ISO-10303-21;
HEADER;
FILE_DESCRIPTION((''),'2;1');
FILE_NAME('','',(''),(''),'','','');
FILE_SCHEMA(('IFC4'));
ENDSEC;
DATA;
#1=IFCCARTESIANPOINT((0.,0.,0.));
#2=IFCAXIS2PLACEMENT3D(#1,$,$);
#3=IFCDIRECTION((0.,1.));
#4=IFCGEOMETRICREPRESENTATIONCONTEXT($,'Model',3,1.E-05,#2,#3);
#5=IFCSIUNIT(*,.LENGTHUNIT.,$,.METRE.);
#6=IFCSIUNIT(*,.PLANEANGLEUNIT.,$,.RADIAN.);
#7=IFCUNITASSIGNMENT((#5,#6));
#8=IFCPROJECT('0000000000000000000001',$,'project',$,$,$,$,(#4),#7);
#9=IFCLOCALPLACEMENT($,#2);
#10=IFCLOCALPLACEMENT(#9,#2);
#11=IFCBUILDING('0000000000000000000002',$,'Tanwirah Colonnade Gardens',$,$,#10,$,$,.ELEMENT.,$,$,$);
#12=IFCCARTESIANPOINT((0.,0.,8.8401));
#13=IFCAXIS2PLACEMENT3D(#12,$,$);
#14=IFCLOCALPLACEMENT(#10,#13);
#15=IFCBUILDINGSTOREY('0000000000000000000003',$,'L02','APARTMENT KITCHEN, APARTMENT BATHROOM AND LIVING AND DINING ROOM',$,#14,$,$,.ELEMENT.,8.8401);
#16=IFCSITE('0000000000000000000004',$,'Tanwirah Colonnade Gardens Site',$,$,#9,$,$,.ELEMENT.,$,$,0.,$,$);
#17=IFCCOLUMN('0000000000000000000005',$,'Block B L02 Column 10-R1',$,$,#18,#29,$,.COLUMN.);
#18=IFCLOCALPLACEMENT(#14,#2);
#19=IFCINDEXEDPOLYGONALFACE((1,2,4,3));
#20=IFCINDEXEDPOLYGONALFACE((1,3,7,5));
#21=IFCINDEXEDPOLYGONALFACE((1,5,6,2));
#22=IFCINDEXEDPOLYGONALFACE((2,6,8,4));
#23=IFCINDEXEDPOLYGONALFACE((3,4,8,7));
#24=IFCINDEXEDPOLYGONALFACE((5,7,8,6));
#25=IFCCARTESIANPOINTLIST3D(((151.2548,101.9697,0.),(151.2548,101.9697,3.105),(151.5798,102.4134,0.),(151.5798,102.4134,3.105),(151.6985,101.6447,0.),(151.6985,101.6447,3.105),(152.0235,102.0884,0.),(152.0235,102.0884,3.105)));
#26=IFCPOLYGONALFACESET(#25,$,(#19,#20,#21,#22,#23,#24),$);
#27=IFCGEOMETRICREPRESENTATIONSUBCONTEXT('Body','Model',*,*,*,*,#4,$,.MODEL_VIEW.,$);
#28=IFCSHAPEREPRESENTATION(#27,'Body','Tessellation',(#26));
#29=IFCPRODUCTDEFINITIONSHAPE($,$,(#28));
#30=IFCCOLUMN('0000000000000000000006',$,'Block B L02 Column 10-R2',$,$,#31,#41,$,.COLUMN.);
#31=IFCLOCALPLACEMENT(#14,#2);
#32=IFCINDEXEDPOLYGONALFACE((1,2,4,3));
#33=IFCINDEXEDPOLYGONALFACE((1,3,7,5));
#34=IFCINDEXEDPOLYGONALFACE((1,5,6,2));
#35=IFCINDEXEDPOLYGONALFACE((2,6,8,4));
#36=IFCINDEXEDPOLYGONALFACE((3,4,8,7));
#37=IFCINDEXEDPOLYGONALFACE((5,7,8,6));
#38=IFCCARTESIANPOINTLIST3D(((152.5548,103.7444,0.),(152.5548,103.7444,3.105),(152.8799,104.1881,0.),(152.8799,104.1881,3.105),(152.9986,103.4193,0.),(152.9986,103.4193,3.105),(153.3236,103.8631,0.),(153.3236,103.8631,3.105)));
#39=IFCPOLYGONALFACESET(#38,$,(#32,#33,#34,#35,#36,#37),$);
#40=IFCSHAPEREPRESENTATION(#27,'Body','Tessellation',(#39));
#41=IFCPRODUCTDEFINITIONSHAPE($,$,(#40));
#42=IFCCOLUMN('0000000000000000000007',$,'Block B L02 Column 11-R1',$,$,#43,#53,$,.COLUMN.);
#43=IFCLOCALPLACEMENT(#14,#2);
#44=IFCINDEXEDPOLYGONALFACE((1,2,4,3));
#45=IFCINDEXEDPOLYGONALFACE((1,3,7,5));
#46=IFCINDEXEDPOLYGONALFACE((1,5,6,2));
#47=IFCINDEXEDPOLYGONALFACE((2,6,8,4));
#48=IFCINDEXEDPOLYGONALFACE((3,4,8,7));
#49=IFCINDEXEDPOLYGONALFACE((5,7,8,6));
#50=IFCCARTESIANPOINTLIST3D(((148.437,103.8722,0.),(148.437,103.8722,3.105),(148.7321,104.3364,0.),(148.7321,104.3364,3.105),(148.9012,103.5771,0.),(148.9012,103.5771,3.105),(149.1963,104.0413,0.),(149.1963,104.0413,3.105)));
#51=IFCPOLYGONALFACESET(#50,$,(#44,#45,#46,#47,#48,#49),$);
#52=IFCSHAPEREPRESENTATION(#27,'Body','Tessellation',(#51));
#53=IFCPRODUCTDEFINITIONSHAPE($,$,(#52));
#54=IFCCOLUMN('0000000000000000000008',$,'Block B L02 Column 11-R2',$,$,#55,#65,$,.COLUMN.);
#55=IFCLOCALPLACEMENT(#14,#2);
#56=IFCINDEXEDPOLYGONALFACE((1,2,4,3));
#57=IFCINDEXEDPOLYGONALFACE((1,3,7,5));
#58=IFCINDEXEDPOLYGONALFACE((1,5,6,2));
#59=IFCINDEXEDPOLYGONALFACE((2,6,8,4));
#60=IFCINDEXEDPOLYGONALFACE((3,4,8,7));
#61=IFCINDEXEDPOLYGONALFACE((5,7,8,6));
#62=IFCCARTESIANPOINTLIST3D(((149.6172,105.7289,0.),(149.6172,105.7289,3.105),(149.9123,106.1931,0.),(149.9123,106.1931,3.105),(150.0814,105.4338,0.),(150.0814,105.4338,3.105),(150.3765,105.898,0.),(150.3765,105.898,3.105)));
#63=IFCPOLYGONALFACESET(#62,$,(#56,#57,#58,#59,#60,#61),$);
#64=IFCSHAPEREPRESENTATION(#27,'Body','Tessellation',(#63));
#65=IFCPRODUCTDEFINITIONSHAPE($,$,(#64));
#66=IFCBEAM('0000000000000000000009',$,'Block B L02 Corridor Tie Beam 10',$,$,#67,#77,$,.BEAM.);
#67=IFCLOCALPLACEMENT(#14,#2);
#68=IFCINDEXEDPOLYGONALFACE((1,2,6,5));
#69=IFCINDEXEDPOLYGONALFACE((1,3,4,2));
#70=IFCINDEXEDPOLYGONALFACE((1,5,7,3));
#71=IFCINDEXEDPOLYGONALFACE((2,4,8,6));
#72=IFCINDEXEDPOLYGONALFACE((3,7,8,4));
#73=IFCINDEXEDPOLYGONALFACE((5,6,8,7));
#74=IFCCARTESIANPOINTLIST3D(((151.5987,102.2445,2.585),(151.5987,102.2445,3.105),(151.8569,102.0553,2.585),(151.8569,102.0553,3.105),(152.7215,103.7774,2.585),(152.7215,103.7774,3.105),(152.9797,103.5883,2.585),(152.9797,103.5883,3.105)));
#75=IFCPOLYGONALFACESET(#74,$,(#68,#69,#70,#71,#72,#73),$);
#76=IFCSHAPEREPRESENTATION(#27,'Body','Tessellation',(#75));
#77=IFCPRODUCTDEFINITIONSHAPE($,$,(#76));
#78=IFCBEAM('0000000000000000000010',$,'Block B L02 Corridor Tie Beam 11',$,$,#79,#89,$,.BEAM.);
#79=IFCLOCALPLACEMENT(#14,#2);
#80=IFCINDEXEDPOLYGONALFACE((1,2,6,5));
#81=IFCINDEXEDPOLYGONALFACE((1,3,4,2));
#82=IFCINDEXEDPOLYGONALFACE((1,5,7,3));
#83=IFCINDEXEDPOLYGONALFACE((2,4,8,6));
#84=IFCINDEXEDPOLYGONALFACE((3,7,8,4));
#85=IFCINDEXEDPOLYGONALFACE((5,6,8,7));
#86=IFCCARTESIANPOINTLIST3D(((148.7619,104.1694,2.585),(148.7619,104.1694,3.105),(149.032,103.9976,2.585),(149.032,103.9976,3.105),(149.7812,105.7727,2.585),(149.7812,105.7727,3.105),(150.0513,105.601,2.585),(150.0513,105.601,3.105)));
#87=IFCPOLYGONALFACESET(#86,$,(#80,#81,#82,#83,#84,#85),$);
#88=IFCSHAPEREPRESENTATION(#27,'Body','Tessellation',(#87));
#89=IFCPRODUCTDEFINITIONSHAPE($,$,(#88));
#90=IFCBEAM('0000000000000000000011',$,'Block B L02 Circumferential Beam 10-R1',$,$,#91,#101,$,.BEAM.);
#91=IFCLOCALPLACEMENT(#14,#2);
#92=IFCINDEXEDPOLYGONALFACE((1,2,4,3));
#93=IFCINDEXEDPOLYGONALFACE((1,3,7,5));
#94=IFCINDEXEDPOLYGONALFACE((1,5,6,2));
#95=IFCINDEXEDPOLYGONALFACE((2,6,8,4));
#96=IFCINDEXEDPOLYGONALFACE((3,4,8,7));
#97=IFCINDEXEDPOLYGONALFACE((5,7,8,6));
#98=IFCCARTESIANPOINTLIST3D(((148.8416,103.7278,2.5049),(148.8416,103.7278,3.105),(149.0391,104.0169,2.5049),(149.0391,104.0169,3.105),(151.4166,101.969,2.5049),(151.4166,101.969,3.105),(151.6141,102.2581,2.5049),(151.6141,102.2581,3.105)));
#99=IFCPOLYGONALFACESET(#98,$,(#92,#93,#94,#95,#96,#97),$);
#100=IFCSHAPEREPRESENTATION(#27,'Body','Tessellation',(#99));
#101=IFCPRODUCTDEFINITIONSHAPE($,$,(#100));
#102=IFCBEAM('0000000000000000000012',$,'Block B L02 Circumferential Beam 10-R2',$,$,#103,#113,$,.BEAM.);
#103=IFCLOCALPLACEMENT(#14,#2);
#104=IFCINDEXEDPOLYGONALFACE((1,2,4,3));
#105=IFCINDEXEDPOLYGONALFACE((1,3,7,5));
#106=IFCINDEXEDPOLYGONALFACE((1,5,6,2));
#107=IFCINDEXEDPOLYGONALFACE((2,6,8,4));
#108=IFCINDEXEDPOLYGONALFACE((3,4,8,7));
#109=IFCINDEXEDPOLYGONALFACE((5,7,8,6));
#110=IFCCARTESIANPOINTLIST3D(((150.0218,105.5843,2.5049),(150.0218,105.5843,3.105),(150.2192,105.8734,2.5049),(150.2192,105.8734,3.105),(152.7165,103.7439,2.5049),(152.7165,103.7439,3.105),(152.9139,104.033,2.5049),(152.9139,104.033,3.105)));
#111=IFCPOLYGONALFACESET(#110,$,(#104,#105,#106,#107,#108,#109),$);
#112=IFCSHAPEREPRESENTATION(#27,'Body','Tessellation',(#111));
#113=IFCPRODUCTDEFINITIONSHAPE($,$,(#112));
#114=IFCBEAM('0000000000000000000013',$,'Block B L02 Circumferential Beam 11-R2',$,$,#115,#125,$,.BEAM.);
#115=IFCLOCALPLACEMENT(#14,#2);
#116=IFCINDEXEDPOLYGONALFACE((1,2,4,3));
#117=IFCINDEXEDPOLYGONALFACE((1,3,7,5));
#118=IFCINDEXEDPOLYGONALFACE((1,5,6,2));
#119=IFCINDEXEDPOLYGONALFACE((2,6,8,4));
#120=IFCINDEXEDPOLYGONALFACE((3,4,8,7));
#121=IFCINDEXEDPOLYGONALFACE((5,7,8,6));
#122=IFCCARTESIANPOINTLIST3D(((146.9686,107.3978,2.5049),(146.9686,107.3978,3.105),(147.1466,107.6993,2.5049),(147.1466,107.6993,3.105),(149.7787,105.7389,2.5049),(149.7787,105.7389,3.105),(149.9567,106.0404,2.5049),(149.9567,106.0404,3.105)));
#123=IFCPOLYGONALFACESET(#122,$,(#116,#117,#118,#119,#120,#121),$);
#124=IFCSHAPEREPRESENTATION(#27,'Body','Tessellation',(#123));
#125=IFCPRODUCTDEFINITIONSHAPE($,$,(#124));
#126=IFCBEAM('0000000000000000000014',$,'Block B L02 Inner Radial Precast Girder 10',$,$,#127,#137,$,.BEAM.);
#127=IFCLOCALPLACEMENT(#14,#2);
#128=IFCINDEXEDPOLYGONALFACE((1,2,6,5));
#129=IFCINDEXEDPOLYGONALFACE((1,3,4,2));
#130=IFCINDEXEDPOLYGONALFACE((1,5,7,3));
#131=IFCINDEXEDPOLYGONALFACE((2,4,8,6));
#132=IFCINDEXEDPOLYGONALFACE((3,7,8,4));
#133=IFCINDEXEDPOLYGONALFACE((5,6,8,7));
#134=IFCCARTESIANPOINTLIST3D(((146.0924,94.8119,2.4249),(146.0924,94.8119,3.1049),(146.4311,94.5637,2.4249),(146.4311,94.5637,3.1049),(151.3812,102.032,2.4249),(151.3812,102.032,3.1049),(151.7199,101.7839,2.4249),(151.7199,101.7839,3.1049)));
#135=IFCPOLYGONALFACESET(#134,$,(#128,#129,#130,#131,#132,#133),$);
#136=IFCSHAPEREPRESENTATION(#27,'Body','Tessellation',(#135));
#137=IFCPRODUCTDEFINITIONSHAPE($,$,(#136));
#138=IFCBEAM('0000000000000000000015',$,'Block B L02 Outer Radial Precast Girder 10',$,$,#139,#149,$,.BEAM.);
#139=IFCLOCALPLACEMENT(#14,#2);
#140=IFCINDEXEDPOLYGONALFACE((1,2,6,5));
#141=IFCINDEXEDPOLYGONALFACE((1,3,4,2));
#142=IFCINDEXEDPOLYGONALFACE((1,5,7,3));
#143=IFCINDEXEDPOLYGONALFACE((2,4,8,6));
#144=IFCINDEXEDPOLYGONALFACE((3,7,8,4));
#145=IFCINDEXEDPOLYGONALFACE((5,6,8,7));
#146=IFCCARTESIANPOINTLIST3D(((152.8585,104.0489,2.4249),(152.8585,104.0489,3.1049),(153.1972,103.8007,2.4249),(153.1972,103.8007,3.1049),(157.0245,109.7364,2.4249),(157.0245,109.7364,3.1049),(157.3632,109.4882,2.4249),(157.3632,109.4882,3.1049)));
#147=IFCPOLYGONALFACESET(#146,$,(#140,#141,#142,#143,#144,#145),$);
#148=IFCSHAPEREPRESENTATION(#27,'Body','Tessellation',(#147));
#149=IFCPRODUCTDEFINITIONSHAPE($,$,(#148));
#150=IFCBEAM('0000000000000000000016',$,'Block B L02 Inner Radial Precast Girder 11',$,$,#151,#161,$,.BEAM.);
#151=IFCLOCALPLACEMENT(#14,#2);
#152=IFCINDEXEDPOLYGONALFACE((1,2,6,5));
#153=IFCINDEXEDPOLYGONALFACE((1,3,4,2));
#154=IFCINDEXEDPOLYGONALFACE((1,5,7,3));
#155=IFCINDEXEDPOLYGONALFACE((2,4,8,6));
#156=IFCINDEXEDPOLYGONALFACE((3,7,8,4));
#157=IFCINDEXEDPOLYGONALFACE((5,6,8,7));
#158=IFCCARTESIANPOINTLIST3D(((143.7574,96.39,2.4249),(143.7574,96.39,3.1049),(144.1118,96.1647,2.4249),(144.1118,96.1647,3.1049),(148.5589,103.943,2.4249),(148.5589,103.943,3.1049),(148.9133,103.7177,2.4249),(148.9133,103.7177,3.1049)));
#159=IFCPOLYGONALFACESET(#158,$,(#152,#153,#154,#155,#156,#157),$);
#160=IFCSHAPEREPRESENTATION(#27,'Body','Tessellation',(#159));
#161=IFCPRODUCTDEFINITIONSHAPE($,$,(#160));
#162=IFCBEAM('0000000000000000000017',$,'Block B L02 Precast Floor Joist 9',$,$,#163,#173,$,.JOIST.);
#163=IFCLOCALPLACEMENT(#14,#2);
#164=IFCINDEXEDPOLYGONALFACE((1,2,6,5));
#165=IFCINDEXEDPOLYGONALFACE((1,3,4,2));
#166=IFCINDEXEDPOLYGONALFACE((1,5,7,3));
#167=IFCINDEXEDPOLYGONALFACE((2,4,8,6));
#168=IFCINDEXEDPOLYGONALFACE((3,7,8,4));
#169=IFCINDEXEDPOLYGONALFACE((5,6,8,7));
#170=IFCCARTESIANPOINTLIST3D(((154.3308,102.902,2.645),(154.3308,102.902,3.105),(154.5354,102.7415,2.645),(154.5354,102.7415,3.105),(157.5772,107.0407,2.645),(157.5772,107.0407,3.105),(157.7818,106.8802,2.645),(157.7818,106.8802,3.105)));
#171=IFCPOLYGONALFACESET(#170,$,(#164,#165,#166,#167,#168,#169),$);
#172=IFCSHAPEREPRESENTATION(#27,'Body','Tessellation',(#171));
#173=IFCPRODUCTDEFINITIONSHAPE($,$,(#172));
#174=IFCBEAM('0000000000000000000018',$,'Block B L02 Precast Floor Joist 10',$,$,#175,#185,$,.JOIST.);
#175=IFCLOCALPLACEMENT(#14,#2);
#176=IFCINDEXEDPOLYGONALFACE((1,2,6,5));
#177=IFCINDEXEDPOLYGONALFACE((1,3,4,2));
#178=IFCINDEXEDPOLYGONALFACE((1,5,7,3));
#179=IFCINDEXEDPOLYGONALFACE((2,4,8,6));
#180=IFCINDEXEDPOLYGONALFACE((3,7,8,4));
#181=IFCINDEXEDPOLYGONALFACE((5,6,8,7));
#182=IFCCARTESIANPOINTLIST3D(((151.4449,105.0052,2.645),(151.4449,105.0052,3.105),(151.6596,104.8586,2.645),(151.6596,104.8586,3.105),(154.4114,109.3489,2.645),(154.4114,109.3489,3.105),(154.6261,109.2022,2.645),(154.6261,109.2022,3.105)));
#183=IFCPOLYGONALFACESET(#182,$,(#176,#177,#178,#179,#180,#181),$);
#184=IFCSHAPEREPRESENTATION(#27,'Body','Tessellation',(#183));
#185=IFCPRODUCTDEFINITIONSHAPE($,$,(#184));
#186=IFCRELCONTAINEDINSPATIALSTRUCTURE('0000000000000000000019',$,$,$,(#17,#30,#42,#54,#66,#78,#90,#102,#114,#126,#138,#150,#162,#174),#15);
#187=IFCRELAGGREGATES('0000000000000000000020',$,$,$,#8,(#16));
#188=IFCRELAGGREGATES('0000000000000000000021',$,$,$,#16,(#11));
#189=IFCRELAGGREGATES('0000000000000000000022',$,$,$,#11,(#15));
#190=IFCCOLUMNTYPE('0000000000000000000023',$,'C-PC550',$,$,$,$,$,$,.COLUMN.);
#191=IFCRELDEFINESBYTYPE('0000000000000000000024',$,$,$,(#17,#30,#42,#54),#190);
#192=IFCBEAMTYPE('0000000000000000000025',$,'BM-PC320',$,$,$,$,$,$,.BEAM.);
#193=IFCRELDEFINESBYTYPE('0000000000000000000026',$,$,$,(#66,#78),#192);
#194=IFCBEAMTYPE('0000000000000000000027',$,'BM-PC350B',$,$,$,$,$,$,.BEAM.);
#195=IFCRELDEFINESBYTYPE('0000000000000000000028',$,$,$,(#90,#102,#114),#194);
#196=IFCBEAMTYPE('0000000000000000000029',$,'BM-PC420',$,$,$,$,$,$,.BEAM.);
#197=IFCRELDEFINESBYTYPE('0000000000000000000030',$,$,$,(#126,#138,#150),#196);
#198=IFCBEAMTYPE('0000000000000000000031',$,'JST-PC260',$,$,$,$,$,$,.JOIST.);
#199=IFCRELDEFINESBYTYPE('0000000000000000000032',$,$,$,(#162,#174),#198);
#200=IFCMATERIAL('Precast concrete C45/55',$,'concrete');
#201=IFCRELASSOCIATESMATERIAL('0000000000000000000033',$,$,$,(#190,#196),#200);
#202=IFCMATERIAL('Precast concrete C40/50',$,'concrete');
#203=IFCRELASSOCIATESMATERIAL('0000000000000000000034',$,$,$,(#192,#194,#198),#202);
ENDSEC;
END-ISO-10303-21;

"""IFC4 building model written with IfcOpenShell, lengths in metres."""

from ifc_helpers import new_model, si_unit, direction, frame, origin, origin_2d, place, context, subcontext, project, spatial, rectangle, extrude, material, material_profile, profile_set, type_object, element, save


model = new_model("IFC4")

# Units and contexts
model_context = context("Model", 3, precision=1e-05, world=origin(), true_north=direction((0.0, 1.0)))
body_context = subcontext(model_context, "Body", "Model", "MODEL_VIEW")
ifc_project = project(units=[si_unit("LENGTHUNIT", "METRE"), si_unit("PLANEANGLEUNIT", "RADIAN")], contexts=[model_context])

# Site, building, storey
site_placement = place(None, origin())
site = spatial("IfcSite", under=ifc_project, at=site_placement, Name="Tanwirah Colonnade Gardens Site", CompositionType="ELEMENT", RefElevation=0.0)
building_placement = place(site_placement, origin())
building = spatial("IfcBuilding", under=site, at=building_placement, Name="Tanwirah Colonnade Gardens", CompositionType="ELEMENT")
storey_placement = place(building_placement, frame((0.0, 0.0, 8.8401)))
storey = spatial("IfcBuildingStorey", under=building, at=storey_placement, Name="L02", Description="APARTMENT KITCHEN, APARTMENT BATHROOM AND LIVING AND DINING ROOM", CompositionType="ELEMENT", Elevation=8.8401)

# Columns
ifc_material_1 = material(Name="Precast concrete C45/55", Category="concrete")
ifc_material_profile_1 = material_profile(ifc_material_1, rectangle(XDim=0.55, YDim=0.55, at=origin_2d()), Name="PC-COL 550x550")
ifc_profile_set_1 = profile_set([ifc_material_profile_1], Name="Precast concrete C45/55")
column_type = type_object("IfcColumnType", Name="C-PC550", PredefinedType="COLUMN", material=ifc_profile_set_1)
for number, where, z_axis, x_axis, name in (
    (1, (151.6392, 102.0291, 0.0), (0.0, 0.0, 1.0), (0.590919, 0.806731, 0.0), "Block B L02 Column 10-R1"),
    (2, (152.9392, 103.8037, 0.0), (0.0, 0.0, 1.0), (0.590919, 0.806731, 0.0), "Block B L02 Column 10-R2"),
    (3, (148.8167, 103.9568, 0.0), (0.0, 0.0, 1.0), (0.536482, 0.843912, 0.0), "Block B L02 Column 11-R1"),
    (4, (149.9968, 105.8135, 0.0), (0.0, 0.0, 1.0), (0.536482, 0.843912, 0.0), "Block B L02 Column 11-R2"),
):
    element("IfcColumn", number, at=place(storey_placement, frame(where, z_axis=z_axis, x_axis=x_axis)), inside=storey, type_object=column_type, Name=name, PredefinedType="COLUMN", context=body_context, shape_type="SweptSolid", body=[
        extrude(rectangle(XDim=0.55, YDim=0.55, at=origin_2d()), origin(), (0.0, 0.0, 1.0), 3.105),
    ])

# Beams
ifc_material_2 = material(Name="Precast concrete C40/50", Category="concrete")
ifc_material_profile_2 = material_profile(ifc_material_2, rectangle(XDim=0.3201, YDim=0.52, at=origin_2d()), Name="PC-BM 320x520")
ifc_profile_set_2 = profile_set([ifc_material_profile_2], Name="Precast concrete C40/50")
beam_type_1 = type_object("IfcBeamType", Name="BM-PC320", PredefinedType="BEAM", material=ifc_profile_set_2)
beam_1_placement = place(storey_placement, frame((151.7278, 102.1499, 2.845), z_axis=(0.590896, 0.806748, 0.0), x_axis=(-0.806748, 0.590896, 0.0)))
element("IfcBeam", 5, at=beam_1_placement, inside=storey, type_object=beam_type_1, Name="Block B L02 Corridor Tie Beam 10", PredefinedType="BEAM", context=body_context, shape_type="SweptSolid", body=[
    extrude(rectangle(XDim=0.3201, YDim=0.52, at=origin_2d()), origin(), (0.0, 0.0, 1.0), 1.9001),
])
beam_2_placement = place(storey_placement, frame((148.897, 104.0835, 2.845), z_axis=(0.53651, 0.843894, 0.0), x_axis=(-0.843894, 0.53651, 0.0)))
element("IfcBeam", 6, at=beam_2_placement, inside=storey, type_object=beam_type_1, Name="Block B L02 Corridor Tie Beam 11", PredefinedType="BEAM", context=body_context, shape_type="SweptSolid", body=[
    extrude(rectangle(XDim=0.3201, YDim=0.52, at=origin_2d()), origin(), (0.0, 0.0, 1.0), 1.8999),
])
ifc_material_profile_3 = material_profile(ifc_material_2, rectangle(XDim=0.3501, YDim=0.6001, at=origin_2d()), Name="PC-BM 350x600")
ifc_profile_set_3 = profile_set([ifc_material_profile_3], Name="Precast concrete C40/50")
beam_type_2 = type_object("IfcBeamType", Name="BM-PC350B", PredefinedType="BEAM", material=ifc_profile_set_3)
beam_3_placement = place(storey_placement, frame((151.5154, 102.1135, 2.8049), z_axis=(-0.825758, 0.564024, 0.0), x_axis=(-0.564024, -0.825758, 0.0)))
element("IfcBeam", 7, at=beam_3_placement, inside=storey, type_object=beam_type_2, Name="Block B L02 Circumferential Beam 10-R1", PredefinedType="BEAM", context=body_context, shape_type="SweptSolid", body=[
    extrude(rectangle(XDim=0.3501, YDim=0.6001, at=origin_2d()), origin(), (0.0, 0.0, 1.0), 3.1184),
])
for number, where, z_axis, x_axis, name in (
    (8, (152.8152, 103.8884, 2.8049), (-0.825782, 0.563989, 0.0), (-0.563989, -0.825782, 0.0), "Block B L02 Circumferential Beam 10-R2"),
    (9, (149.8677, 105.8896, 2.8049), (-0.861135, 0.508376, 0.0), (-0.508376, -0.861135, 0.0), "Block B L02 Circumferential Beam 11-R2"),
):
    element("IfcBeam", number, at=place(storey_placement, frame(where, z_axis=z_axis, x_axis=x_axis)), inside=storey, type_object=beam_type_2, Name=name, PredefinedType="BEAM", context=body_context, shape_type="SweptSolid", body=[
        extrude(rectangle(XDim=0.3501, YDim=0.6001, at=origin_2d()), origin(), (0.0, 0.0, 1.0), 3.2632),
    ])
ifc_material_profile_4 = material_profile(ifc_material_1, rectangle(XDim=0.4199, YDim=0.6799, at=origin_2d()), Name="PC-BM 420x680")
ifc_profile_set_4 = profile_set([ifc_material_profile_4], Name="Precast concrete C45/55")
beam_type_3 = type_object("IfcBeamType", Name="BM-PC420", PredefinedType="BEAM", material=ifc_profile_set_4)
beam_4_placement = place(storey_placement, frame((151.5505, 101.908, 2.7649), z_axis=(-0.590927, -0.806725, 0.0), x_axis=(0.806725, -0.590927, 0.0)))
element("IfcBeam", 10, at=beam_4_placement, inside=storey, type_object=beam_type_3, Name="Block B L02 Inner Radial Precast Girder 10", PredefinedType="BEAM", context=body_context, shape_type="SweptSolid", body=[
    extrude(rectangle(XDim=0.4199, YDim=0.6799, at=origin_2d()), origin(), (0.0, 0.0, 1.0), 8.95),
])
beam_5_placement = place(storey_placement, frame((153.0278, 103.9248, 2.7649), z_axis=(0.590919, 0.806731, 0.0), x_axis=(-0.806731, 0.590919, 0.0)))
element("IfcBeam", 11, at=beam_5_placement, inside=storey, type_object=beam_type_3, Name="Block B L02 Outer Radial Precast Girder 10", PredefinedType="BEAM", context=body_context, shape_type="SweptSolid", body=[
    extrude(rectangle(XDim=0.4199, YDim=0.6799, at=origin_2d()), origin(), (0.0, 0.0, 1.0), 7.05),
])
beam_6_placement = place(storey_placement, frame((148.7361, 103.8303, 2.7649), z_axis=(-0.536484, -0.843911, 0.0), x_axis=(0.843911, -0.536484, 0.0)))
element("IfcBeam", 12, at=beam_6_placement, inside=storey, type_object=beam_type_3, Name="Block B L02 Inner Radial Precast Girder 11", PredefinedType="BEAM", context=body_context, shape_type="SweptSolid", body=[
    extrude(rectangle(XDim=0.4199, YDim=0.6799, at=origin_2d()), origin(), (0.0, 0.0, 1.0), 8.95),
])
ifc_material_profile_5 = material_profile(ifc_material_2, rectangle(XDim=0.26, YDim=0.46, at=origin_2d()), Name="PC-JST 260x460")
ifc_profile_set_5 = profile_set([ifc_material_profile_5], Name="Precast concrete C40/50")
beam_type_4 = type_object("IfcBeamType", Name="JST-PC260", PredefinedType="JOIST", material=ifc_profile_set_5)
for number, where, z_axis, x_axis, name in (
    (13, (154.4331, 102.8218, 2.875), (0.617178, 0.786824, 0.0), (-0.786824, 0.617178, 0.0), "Block B L02 Precast Floor Joist 9"),
    (14, (151.5522, 104.9319, 2.875), (0.563973, 0.825793, 0.0), (-0.825793, 0.563973, 0.0), "Block B L02 Precast Floor Joist 10"),
):
    element("IfcBeam", number, at=place(storey_placement, frame(where, z_axis=z_axis, x_axis=x_axis)), inside=storey, type_object=beam_type_4, Name=name, PredefinedType="JOIST", context=body_context, shape_type="SweptSolid", body=[
        extrude(rectangle(XDim=0.26, YDim=0.46, at=origin_2d()), origin(), (0.0, 0.0, 1.0), 5.26),
    ])

save(model, "model.ifc")
